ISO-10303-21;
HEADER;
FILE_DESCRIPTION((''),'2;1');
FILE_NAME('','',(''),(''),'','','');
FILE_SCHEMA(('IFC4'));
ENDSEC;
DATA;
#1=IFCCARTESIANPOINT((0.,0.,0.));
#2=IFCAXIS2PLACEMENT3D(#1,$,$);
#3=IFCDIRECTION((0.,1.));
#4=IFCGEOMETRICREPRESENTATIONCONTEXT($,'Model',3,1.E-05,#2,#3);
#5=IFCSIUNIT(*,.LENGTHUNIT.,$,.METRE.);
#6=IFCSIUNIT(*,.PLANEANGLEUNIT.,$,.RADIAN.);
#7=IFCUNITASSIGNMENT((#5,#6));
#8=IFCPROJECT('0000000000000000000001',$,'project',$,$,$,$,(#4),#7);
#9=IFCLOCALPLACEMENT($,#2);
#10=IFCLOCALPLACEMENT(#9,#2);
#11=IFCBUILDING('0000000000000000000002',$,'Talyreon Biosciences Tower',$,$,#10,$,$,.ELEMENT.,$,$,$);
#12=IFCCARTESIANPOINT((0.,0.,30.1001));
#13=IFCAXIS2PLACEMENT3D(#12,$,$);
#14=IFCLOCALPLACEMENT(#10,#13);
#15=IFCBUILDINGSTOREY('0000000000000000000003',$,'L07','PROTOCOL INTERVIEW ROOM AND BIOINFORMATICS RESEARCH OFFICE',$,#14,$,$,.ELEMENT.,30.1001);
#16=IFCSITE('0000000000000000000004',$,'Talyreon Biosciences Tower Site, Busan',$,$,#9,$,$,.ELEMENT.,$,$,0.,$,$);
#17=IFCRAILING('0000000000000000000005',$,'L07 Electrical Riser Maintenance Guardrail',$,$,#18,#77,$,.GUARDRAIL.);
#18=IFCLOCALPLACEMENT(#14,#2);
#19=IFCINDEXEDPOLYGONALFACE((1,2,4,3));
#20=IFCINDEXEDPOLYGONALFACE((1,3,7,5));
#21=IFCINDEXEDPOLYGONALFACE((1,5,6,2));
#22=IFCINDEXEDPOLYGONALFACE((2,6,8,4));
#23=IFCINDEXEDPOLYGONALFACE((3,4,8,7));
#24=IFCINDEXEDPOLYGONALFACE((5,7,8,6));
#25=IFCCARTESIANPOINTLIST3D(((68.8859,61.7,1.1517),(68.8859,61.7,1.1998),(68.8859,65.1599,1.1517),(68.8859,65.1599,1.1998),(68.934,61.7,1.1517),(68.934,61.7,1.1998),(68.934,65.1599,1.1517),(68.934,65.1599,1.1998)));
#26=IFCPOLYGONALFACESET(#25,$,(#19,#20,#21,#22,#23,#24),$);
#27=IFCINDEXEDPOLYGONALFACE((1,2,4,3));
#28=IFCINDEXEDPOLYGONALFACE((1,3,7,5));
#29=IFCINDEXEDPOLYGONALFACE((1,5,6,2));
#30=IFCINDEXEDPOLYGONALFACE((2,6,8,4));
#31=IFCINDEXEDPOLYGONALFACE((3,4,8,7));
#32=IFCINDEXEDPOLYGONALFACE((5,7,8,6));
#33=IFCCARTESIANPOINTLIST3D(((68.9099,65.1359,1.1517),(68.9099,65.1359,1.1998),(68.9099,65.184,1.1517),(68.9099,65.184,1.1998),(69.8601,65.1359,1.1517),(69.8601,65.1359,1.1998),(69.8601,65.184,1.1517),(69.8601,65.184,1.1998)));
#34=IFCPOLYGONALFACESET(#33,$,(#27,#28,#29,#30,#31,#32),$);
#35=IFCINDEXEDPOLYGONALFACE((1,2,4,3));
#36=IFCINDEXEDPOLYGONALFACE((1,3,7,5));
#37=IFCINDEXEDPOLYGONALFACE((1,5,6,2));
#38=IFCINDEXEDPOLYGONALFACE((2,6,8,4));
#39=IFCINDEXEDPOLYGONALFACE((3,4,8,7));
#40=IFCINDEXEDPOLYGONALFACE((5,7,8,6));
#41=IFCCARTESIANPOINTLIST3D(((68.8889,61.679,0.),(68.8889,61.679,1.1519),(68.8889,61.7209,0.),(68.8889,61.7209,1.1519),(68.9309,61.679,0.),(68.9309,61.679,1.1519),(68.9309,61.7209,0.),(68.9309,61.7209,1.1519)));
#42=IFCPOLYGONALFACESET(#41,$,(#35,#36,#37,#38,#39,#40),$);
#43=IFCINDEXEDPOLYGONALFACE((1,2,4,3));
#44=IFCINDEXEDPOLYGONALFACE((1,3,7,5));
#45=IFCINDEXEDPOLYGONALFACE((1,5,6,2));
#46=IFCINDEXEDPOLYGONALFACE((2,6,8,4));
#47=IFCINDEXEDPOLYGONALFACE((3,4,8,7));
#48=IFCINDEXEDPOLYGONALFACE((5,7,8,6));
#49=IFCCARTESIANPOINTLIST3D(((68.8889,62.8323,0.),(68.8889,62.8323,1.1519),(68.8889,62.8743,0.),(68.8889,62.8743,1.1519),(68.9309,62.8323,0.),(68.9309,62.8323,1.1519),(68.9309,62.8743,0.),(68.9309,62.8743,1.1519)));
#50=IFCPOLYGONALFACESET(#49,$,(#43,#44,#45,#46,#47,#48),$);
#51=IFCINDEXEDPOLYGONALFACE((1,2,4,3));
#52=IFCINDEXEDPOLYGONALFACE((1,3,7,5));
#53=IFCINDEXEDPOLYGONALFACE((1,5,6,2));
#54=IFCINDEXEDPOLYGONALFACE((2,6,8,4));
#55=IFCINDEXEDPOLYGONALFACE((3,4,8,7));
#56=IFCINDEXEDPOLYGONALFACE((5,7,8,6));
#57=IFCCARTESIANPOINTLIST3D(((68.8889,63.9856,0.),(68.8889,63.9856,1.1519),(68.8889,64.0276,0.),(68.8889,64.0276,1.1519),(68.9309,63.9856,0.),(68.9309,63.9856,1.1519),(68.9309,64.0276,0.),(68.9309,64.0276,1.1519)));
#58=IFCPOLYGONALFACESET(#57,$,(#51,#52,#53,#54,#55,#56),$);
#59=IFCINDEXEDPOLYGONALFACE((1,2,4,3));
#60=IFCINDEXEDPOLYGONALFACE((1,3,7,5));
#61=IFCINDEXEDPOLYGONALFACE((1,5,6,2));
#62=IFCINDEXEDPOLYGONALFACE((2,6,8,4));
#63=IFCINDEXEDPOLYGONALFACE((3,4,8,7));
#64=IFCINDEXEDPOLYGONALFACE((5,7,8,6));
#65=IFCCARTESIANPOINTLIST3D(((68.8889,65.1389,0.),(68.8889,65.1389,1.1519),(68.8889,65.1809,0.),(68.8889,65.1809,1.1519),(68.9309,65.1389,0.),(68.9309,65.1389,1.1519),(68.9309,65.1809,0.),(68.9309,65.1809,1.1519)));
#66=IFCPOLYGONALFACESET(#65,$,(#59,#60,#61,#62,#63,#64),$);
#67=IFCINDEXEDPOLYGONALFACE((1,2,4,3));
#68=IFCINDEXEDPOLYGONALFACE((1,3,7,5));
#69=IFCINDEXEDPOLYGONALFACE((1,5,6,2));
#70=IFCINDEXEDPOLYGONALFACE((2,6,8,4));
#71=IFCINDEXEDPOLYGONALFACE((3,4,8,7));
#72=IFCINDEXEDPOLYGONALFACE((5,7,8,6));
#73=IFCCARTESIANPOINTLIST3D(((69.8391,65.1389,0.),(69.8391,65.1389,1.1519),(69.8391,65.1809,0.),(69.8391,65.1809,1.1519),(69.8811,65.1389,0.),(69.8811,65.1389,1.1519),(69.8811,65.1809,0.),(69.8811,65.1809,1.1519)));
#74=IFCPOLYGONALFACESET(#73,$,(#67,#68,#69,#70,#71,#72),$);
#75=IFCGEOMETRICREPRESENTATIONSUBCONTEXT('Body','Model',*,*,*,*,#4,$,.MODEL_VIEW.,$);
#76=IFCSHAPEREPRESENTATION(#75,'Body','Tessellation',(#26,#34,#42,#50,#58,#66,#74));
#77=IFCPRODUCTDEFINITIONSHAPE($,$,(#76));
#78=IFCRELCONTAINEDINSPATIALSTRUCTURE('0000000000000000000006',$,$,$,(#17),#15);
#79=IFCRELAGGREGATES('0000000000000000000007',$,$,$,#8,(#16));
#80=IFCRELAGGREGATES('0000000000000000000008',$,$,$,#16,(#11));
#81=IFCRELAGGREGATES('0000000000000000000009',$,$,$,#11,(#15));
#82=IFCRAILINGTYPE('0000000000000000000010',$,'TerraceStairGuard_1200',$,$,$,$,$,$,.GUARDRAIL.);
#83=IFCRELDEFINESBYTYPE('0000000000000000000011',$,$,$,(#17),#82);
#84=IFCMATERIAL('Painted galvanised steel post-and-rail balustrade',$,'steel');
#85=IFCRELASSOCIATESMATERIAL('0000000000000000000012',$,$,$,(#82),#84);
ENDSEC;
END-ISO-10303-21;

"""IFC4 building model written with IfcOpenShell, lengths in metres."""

from ifc_helpers import new_model, si_unit, direction, frame, origin, origin_2d, place, context, subcontext, project, spatial, rectangle, extrude, material, type_object, element, save


model = new_model("IFC4")

# Units and contexts
model_context = context("Model", 3, precision=1e-05, world=origin(), true_north=direction((0.0, 1.0)))
body_context = subcontext(model_context, "Body", "Model", "MODEL_VIEW")
ifc_project = project(units=[si_unit("LENGTHUNIT", "METRE"), si_unit("PLANEANGLEUNIT", "RADIAN")], contexts=[model_context])

# Site, building, storey
site_placement = place(None, origin())
site = spatial("IfcSite", under=ifc_project, at=site_placement, Name="Talyreon Biosciences Tower Site, Busan", CompositionType="ELEMENT", RefElevation=0.0)
building_placement = place(site_placement, origin())
building = spatial("IfcBuilding", under=site, at=building_placement, Name="Talyreon Biosciences Tower", CompositionType="ELEMENT")
storey_placement = place(building_placement, frame((0.0, 0.0, 30.1001)))
storey = spatial("IfcBuildingStorey", under=building, at=storey_placement, Name="L07", Description="PROTOCOL INTERVIEW ROOM AND BIOINFORMATICS RESEARCH OFFICE", CompositionType="ELEMENT", Elevation=30.1001)

# Railing
ifc_material_1 = material(Name="Painted galvanised steel post-and-rail balustrade", Category="steel")
railing_type_1 = type_object("IfcRailingType", Name="TerraceStairGuard_1200", PredefinedType="GUARDRAIL", material=ifc_material_1)
railing_1_placement = place(storey_placement, frame((68.9099, 61.7, 0.0)))
element("IfcRailing", 1, at=railing_1_placement, inside=storey, type_object=railing_type_1, Name="L07 Electrical Riser Maintenance Guardrail", PredefinedType="GUARDRAIL", context=body_context, shape_type="SweptSolid", body=[
    extrude(rectangle(XDim=0.0481, YDim=0.0481, at=origin_2d()), frame((0.0, 0.0, 1.1758), z_axis=(0.0, 1.0, 0.0), x_axis=(-1.0, 0.0, 0.0)), (0.0, 0.0, 1.0), 3.46),
    extrude(rectangle(XDim=0.0481, YDim=0.0481, at=origin_2d()), frame((0.0, 3.46, 1.1758), z_axis=(1.0, 0.0, 0.0), x_axis=(0.0, 1.0, 0.0)), (0.0, 0.0, 1.0), 0.9502),
    extrude(rectangle(XDim=0.042, YDim=0.042, at=origin_2d()), origin(), (0.0, 0.0, 1.0), 1.1519),
    extrude(rectangle(XDim=0.042, YDim=0.042, at=origin_2d()), frame((0.0, 1.1533, 0.0)), (0.0, 0.0, 1.0), 1.1519),
    extrude(rectangle(XDim=0.042, YDim=0.042, at=origin_2d()), frame((0.0, 2.3066, 0.0)), (0.0, 0.0, 1.0), 1.1519),
    extrude(rectangle(XDim=0.042, YDim=0.042, at=origin_2d()), frame((0.0, 3.46, 0.0)), (0.0, 0.0, 1.0), 1.1519),
    extrude(rectangle(XDim=0.042, YDim=0.042, at=origin_2d()), frame((0.9502, 3.46, 0.0)), (0.0, 0.0, 1.0), 1.1519),
])

save(model, "model.ifc")
